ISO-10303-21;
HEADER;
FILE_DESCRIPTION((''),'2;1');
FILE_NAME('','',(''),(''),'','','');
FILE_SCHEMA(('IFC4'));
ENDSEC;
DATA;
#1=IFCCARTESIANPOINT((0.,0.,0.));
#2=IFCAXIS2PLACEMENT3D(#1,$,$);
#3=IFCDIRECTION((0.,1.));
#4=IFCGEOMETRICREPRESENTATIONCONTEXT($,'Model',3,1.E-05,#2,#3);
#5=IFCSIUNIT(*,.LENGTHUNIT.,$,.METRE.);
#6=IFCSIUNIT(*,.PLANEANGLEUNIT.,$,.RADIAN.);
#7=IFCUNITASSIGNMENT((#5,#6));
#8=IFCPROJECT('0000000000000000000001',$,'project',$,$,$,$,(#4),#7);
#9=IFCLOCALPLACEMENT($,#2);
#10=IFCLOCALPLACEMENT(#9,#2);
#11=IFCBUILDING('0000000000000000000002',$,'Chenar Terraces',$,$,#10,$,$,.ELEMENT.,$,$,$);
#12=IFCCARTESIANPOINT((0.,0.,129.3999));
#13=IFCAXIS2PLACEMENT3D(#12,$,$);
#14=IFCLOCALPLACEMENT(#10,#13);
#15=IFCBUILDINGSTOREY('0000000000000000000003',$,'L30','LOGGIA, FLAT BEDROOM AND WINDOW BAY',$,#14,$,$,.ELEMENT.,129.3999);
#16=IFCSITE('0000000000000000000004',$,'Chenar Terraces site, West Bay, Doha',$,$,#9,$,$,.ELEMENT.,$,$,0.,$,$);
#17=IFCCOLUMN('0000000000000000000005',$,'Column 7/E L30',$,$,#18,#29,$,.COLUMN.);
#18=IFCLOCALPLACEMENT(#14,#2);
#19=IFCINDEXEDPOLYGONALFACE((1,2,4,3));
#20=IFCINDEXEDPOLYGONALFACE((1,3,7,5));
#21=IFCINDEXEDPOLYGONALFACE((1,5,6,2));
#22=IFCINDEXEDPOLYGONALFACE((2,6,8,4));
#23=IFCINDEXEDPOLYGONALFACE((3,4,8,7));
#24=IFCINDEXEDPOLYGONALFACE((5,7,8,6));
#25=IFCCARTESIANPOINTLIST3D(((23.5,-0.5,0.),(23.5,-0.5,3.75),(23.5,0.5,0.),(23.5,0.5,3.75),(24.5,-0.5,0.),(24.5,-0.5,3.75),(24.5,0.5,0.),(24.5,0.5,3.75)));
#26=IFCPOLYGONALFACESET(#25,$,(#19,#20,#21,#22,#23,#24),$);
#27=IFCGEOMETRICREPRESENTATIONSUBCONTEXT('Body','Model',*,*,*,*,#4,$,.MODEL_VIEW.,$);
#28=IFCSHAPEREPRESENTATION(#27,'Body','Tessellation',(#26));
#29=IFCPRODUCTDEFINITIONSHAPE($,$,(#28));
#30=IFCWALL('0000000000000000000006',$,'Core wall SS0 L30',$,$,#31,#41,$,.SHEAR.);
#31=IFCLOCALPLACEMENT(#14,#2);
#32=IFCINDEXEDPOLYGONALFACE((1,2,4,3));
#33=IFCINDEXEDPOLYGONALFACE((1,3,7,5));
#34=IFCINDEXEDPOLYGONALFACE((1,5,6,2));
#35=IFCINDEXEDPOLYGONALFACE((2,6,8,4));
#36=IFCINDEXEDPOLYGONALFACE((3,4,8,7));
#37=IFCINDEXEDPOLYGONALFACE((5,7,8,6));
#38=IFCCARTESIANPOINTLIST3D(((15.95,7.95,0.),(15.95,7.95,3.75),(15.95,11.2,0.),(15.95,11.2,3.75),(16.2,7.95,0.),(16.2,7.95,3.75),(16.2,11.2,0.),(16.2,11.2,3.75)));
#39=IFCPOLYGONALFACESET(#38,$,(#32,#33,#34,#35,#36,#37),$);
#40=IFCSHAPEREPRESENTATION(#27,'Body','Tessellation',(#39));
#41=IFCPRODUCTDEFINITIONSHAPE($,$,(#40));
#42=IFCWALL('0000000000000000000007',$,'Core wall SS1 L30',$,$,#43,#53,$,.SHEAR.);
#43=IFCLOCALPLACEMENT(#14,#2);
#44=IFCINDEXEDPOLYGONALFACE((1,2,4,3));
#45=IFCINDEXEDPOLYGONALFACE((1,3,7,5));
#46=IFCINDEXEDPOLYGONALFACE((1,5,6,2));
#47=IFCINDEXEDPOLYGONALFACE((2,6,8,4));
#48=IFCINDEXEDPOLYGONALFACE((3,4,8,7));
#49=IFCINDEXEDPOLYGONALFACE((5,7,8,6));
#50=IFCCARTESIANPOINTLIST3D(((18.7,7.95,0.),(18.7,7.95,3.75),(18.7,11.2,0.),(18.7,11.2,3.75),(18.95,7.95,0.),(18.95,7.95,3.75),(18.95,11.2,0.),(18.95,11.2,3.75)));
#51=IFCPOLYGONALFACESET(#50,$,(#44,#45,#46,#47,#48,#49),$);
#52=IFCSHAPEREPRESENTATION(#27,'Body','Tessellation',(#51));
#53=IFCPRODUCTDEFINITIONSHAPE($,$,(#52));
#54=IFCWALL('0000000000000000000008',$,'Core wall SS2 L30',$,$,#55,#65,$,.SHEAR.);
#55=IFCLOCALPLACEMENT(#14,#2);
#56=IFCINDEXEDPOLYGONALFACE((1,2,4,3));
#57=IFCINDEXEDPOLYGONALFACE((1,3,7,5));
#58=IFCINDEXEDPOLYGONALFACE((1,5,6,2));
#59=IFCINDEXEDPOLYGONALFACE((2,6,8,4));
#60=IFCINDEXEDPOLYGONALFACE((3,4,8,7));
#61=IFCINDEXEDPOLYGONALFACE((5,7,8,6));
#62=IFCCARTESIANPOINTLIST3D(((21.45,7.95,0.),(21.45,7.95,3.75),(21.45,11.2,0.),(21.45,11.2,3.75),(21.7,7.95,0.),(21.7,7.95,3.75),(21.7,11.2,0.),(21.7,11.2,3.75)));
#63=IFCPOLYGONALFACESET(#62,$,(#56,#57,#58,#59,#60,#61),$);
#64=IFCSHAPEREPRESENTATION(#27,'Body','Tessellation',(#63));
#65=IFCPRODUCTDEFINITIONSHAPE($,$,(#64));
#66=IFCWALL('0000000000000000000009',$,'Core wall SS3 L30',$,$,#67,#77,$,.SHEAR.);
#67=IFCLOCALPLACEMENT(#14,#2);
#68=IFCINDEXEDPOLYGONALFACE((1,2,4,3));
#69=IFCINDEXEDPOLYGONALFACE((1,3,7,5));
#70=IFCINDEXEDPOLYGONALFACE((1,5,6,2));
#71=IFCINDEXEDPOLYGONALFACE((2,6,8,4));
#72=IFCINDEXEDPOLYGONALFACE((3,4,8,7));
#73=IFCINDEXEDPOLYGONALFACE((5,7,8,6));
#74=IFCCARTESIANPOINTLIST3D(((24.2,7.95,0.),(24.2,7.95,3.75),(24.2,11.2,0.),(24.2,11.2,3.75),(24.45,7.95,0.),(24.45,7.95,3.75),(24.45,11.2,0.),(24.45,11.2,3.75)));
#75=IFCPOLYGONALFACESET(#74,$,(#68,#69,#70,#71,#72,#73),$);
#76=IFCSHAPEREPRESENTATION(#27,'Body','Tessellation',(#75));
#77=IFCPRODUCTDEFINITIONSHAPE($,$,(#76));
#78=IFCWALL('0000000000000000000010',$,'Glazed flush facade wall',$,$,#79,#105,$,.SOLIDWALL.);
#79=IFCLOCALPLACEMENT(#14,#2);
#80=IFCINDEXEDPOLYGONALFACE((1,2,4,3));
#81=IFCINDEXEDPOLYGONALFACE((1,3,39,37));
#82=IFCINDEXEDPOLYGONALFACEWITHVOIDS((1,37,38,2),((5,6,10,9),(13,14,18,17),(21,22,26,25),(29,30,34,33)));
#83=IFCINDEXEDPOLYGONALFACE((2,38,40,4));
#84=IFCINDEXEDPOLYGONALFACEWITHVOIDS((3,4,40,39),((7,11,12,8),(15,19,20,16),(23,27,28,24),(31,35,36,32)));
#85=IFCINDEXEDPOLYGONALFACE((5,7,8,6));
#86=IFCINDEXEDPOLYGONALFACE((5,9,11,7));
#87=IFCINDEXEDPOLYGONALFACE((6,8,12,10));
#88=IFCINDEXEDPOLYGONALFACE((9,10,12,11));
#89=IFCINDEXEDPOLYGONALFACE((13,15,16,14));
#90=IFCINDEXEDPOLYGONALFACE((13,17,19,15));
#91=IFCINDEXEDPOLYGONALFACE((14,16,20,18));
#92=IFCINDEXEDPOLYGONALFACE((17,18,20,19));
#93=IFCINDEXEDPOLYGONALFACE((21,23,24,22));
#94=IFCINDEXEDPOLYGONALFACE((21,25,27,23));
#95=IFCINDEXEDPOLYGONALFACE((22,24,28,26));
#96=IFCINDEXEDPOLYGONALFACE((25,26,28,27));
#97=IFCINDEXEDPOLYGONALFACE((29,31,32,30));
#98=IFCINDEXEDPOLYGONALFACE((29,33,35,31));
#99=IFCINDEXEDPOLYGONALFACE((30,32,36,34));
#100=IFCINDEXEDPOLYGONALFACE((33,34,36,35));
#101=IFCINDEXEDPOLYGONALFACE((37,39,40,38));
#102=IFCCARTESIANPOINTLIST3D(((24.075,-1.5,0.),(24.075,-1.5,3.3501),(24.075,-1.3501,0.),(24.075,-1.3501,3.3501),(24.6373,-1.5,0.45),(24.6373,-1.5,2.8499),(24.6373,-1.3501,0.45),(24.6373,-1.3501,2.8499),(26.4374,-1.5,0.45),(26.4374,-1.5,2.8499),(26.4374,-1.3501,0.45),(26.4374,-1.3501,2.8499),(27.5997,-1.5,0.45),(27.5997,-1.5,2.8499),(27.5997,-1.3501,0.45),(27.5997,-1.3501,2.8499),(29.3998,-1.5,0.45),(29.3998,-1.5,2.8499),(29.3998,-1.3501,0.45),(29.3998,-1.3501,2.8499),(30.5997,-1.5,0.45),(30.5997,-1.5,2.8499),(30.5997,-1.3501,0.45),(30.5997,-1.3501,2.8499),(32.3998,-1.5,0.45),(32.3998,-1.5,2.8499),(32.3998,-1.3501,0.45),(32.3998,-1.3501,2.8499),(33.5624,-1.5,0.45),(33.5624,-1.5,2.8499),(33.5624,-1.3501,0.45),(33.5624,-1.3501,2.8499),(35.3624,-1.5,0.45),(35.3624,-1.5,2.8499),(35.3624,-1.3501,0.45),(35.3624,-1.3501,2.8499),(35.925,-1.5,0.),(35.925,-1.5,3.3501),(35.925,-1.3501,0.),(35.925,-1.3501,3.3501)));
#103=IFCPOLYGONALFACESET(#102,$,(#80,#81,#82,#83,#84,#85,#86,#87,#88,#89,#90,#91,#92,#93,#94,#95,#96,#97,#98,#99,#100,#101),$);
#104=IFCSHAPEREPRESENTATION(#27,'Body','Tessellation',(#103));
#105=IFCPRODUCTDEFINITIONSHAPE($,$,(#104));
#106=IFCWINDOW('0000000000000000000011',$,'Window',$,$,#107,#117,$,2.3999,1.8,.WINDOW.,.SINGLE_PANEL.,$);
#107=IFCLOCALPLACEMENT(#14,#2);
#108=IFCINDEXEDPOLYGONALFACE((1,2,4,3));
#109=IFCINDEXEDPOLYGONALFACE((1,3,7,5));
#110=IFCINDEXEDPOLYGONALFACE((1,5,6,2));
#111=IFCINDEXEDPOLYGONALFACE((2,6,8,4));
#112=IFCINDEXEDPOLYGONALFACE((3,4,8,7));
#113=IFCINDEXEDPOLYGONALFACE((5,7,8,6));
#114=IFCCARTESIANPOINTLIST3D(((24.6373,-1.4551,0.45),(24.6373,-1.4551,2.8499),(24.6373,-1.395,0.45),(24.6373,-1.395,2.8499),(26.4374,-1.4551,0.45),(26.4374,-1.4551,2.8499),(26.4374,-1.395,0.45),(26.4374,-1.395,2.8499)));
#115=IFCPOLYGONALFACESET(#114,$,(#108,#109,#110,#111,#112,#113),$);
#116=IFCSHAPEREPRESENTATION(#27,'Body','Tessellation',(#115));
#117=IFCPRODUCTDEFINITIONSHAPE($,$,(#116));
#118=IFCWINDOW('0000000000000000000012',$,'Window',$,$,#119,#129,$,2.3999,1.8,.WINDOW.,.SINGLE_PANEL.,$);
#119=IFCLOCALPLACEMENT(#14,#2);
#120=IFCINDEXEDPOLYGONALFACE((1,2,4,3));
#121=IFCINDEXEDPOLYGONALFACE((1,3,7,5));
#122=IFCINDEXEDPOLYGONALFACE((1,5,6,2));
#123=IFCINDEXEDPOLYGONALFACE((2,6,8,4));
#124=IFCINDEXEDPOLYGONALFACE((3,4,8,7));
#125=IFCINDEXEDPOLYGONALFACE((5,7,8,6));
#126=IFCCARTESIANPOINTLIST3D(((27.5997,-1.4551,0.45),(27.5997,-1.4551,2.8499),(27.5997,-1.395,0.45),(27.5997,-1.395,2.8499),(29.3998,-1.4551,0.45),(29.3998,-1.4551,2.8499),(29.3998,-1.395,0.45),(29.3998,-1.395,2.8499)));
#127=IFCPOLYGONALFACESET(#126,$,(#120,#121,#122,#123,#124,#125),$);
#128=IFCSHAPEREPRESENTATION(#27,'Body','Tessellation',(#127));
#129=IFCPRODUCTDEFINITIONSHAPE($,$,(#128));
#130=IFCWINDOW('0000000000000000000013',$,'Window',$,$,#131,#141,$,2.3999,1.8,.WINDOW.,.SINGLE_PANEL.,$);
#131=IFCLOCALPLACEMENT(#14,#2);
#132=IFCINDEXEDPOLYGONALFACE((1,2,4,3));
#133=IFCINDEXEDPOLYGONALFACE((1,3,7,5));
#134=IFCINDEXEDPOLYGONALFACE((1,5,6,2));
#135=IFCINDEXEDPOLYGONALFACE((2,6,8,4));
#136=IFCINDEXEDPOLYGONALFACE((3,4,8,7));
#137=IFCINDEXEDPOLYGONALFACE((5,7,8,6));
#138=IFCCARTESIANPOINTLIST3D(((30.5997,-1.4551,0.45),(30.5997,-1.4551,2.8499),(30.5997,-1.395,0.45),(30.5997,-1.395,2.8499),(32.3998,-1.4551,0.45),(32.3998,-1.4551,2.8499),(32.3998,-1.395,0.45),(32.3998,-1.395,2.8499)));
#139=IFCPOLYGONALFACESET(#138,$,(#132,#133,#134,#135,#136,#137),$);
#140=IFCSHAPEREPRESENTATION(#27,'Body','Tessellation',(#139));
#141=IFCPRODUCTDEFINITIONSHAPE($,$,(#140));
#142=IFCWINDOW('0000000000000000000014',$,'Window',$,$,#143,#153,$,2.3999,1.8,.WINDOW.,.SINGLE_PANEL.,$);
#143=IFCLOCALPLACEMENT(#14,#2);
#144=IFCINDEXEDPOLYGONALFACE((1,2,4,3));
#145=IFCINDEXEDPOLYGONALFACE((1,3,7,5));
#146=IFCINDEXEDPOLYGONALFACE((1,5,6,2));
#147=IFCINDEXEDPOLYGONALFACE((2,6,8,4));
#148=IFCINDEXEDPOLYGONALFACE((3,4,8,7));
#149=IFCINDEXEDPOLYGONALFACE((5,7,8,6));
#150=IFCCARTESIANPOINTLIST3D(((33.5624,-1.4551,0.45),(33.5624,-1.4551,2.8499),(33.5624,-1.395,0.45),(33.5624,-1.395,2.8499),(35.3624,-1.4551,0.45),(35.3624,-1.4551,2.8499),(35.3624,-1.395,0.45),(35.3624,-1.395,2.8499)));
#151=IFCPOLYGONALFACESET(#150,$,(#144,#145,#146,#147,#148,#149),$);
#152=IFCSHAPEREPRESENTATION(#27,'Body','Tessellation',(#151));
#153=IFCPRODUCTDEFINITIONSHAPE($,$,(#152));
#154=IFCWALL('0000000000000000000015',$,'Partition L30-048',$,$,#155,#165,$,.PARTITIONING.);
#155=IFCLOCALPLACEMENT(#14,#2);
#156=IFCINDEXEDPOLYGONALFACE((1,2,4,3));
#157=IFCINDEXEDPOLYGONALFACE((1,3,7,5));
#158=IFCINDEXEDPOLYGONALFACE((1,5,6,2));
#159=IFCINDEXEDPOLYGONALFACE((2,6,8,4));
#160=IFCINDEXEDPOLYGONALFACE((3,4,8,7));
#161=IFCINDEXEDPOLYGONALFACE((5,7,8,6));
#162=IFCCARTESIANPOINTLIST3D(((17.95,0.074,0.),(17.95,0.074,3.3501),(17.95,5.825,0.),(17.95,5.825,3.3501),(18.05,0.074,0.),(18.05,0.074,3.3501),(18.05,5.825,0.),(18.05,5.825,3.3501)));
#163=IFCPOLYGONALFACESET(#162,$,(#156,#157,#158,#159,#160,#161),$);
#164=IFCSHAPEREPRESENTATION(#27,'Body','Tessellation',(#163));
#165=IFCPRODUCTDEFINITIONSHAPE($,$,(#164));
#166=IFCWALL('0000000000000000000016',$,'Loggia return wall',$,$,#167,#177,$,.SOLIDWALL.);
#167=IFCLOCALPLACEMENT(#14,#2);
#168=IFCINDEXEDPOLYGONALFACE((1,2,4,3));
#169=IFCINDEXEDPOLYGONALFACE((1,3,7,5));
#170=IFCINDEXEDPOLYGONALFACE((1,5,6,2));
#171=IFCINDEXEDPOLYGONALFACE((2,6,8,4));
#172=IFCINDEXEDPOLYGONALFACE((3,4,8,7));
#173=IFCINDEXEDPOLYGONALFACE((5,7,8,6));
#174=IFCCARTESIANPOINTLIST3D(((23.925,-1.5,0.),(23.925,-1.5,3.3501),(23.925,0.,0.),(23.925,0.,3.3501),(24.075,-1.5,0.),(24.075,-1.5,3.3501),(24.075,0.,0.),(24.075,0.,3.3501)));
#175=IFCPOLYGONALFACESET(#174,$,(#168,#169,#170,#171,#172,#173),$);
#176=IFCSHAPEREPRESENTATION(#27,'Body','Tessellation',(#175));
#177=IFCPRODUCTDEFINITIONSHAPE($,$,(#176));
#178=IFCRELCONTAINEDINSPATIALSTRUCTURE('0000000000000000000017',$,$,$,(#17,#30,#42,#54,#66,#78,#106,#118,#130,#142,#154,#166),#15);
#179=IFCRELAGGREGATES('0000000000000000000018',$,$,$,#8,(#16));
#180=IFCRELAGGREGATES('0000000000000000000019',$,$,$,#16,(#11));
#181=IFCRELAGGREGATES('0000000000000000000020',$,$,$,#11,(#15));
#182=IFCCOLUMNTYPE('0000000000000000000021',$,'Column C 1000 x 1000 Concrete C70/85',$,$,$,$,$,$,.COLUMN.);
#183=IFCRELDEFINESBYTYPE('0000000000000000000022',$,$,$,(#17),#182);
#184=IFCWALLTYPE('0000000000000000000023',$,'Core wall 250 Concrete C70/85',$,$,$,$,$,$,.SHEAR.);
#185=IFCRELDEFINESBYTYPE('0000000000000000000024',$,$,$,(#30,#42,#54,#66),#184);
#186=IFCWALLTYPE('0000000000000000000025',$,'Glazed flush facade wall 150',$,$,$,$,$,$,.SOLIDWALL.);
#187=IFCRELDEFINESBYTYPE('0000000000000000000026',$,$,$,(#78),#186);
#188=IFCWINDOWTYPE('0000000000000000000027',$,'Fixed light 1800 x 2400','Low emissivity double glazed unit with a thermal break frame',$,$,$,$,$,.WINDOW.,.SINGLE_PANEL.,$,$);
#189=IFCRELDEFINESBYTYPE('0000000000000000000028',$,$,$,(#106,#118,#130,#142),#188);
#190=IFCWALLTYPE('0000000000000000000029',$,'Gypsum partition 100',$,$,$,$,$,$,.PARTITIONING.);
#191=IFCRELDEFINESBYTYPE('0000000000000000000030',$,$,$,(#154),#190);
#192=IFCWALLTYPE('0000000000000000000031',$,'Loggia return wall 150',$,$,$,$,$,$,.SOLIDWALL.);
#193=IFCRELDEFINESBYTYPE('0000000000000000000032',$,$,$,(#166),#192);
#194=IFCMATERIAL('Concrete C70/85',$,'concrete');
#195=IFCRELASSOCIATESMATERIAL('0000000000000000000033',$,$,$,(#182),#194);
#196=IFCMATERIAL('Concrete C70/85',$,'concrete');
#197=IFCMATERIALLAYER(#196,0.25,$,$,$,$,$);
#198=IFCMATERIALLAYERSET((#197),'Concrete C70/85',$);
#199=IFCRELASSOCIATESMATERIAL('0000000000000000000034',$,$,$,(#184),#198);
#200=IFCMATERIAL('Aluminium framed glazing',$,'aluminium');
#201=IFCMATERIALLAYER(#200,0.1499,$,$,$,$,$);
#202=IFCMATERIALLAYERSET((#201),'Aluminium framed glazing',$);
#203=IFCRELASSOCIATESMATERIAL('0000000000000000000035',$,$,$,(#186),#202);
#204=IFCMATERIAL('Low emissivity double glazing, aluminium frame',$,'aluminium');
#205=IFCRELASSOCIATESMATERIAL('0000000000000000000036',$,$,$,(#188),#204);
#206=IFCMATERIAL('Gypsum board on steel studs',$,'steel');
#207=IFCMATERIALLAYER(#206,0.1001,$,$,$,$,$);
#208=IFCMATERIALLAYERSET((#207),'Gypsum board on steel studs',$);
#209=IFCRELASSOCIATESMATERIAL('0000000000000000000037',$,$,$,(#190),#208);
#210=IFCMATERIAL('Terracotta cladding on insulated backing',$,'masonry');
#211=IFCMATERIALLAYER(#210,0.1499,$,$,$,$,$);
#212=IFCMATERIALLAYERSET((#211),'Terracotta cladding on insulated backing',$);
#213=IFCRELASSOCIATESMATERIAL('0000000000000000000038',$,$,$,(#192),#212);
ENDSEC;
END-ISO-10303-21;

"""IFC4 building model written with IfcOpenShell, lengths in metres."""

from ifc_helpers import new_model, si_unit, direction, frame, frame_2d, origin, origin_2d, place, context, subcontext, project, spatial, rectangle, extrude, material, layer, layer_set, material_profile, profile_set, type_object, element, fill, save


model = new_model("IFC4")

# Units and contexts
model_context = context("Model", 3, precision=1e-05, world=origin(), true_north=direction((0.0, 1.0)))
body_context = subcontext(model_context, "Body", "Model", "MODEL_VIEW")
ifc_project = project(units=[si_unit("LENGTHUNIT", "METRE"), si_unit("PLANEANGLEUNIT", "RADIAN")], contexts=[model_context])

# Site, building, storey
site_placement = place(None, origin())
site = spatial("IfcSite", under=ifc_project, at=site_placement, Name="Chenar Terraces site, West Bay, Doha", CompositionType="ELEMENT", RefElevation=0.0)
building_placement = place(site_placement, origin())
building = spatial("IfcBuilding", under=site, at=building_placement, Name="Chenar Terraces", CompositionType="ELEMENT")
storey_placement = place(building_placement, frame((0.0, 0.0, 129.3999)))
storey = spatial("IfcBuildingStorey", under=building, at=storey_placement, Name="L30", Description="LOGGIA, FLAT BEDROOM AND WINDOW BAY", CompositionType="ELEMENT", Elevation=129.3999)

# Column
ifc_material_1 = material(Name="Concrete C70/85", Category="concrete")
ifc_material_profile_1 = material_profile(ifc_material_1, rectangle(XDim=1.0, YDim=1.0, at=origin_2d()), Name="C 1000 x 1000")
ifc_profile_set_1 = profile_set([ifc_material_profile_1], Name="Concrete C70/85")
column_type = type_object("IfcColumnType", Name="Column C 1000 x 1000 Concrete C70/85", PredefinedType="COLUMN", material=ifc_profile_set_1)
column_placement = place(storey_placement, frame((24.0, 0.0, 0.0), z_axis=(0.0, 0.0, 1.0), x_axis=(1.0, 0.0, 0.0)))
element("IfcColumn", 1, at=column_placement, inside=storey, type_object=column_type, Name="Column 7/E L30", PredefinedType="COLUMN", context=body_context, shape_type="SweptSolid", body=[
    extrude(rectangle(XDim=1.0, YDim=1.0, at=origin_2d()), origin(), (0.0, 0.0, 1.0), 3.75),
])

# Walls
ifc_material_2 = material(Name="Concrete C70/85", Category="concrete")
ifc_layer_1 = layer(ifc_material_2, 0.25)
ifc_layer_set_1 = layer_set([ifc_layer_1], Name="Concrete C70/85")
wall_type_1 = type_object("IfcWallType", Name="Core wall 250 Concrete C70/85", PredefinedType="SHEAR", material=ifc_layer_set_1)
for number, where, z_axis, x_axis, name in (
    (2, (16.075, 7.95, 0.0), (0.0, 0.0, 1.0), (0.0, 1.0, 0.0), "Core wall SS0 L30"),
    (3, (18.825, 7.95, 0.0), (0.0, 0.0, 1.0), (0.0, 1.0, 0.0), "Core wall SS1 L30"),
    (4, (21.575, 7.95, 0.0), (0.0, 0.0, 1.0), (0.0, 1.0, 0.0), "Core wall SS2 L30"),
    (5, (24.325, 7.95, 0.0), (0.0, 0.0, 1.0), (0.0, 1.0, 0.0), "Core wall SS3 L30"),
):
    element("IfcWall", number, at=place(storey_placement, frame(where, z_axis=z_axis, x_axis=x_axis)), inside=storey, type_object=wall_type_1, Name=name, PredefinedType="SHEAR", context=body_context, shape_type="SweptSolid", body=[
        extrude(rectangle(XDim=3.25, YDim=0.25, at=frame_2d((1.625, 0.0))), origin(), (0.0, 0.0, 1.0), 3.75),
    ])

# Wall, openings, windows
ifc_material_3 = material(Name="Aluminium framed glazing", Category="aluminium")
ifc_layer_2 = layer(ifc_material_3, 0.1499)
ifc_layer_set_2 = layer_set([ifc_layer_2], Name="Aluminium framed glazing")
wall_type_2 = type_object("IfcWallType", Name="Glazed flush facade wall 150", PredefinedType="SOLIDWALL", material=ifc_layer_set_2)
wall_1_placement = place(storey_placement, frame((24.075, -1.425, 0.0), z_axis=(0.0, 0.0, 1.0), x_axis=(1.0, 0.0, 0.0)))
wall_1 = element("IfcWall", 6, at=wall_1_placement, inside=storey, type_object=wall_type_2, Name="Glazed flush facade wall", PredefinedType="SOLIDWALL", context=body_context, shape_type="SweptSolid", body=[
    extrude(rectangle(XDim=11.8501, YDim=0.1499, at=frame_2d((5.925, 0.0))), origin(), (0.0, 0.0, 1.0), 3.3501),
])
opening_1_placement = place(wall_1_placement, frame((0.5625, 0.0, 0.45)))
opening_1 = element("IfcOpeningElement", 7, at=opening_1_placement, cuts=wall_1, PredefinedType="OPENING", context=body_context, shape_type="SweptSolid", body=[
    extrude(rectangle(XDim=1.8, YDim=2.3999, at=frame_2d((0.8999, 1.2))), frame((0.0, 0.085, 0.0), z_axis=(0.0, -1.0, 0.0), x_axis=(1.0, 0.0, 0.0)), (0.0, 0.0, 1.0), 0.1699),
])
opening_2_placement = place(wall_1_placement, frame((3.5249, 0.0, 0.45)))
opening_2 = element("IfcOpeningElement", 8, at=opening_2_placement, cuts=wall_1, PredefinedType="OPENING", context=body_context, shape_type="SweptSolid", body=[
    extrude(rectangle(XDim=1.8, YDim=2.3999, at=frame_2d((0.8999, 1.2))), frame((0.0, 0.085, 0.0), z_axis=(0.0, -1.0, 0.0), x_axis=(1.0, 0.0, 0.0)), (0.0, 0.0, 1.0), 0.1699),
])
opening_3_placement = place(wall_1_placement, frame((6.5249, 0.0, 0.45)))
opening_3 = element("IfcOpeningElement", 9, at=opening_3_placement, cuts=wall_1, PredefinedType="OPENING", context=body_context, shape_type="SweptSolid", body=[
    extrude(rectangle(XDim=1.8, YDim=2.3999, at=frame_2d((0.8999, 1.2))), frame((0.0, 0.085, 0.0), z_axis=(0.0, -1.0, 0.0), x_axis=(1.0, 0.0, 0.0)), (0.0, 0.0, 1.0), 0.1699),
])
opening_4_placement = place(wall_1_placement, frame((9.4875, 0.0, 0.45)))
opening_4 = element("IfcOpeningElement", 10, at=opening_4_placement, cuts=wall_1, PredefinedType="OPENING", context=body_context, shape_type="SweptSolid", body=[
    extrude(rectangle(XDim=1.8, YDim=2.3999, at=frame_2d((0.8999, 1.2))), frame((0.0, 0.085, 0.0), z_axis=(0.0, -1.0, 0.0), x_axis=(1.0, 0.0, 0.0)), (0.0, 0.0, 1.0), 0.1699),
])
ifc_material_4 = material(Name="Low emissivity double glazing, aluminium frame", Category="aluminium")
window_type = type_object("IfcWindowType", Name="Fixed light 1800 x 2400", Description="Low emissivity double glazed unit with a thermal break frame", PartitioningType="SINGLE_PANEL", PredefinedType="WINDOW", material=ifc_material_4)
window_1_placement = place(opening_1_placement, origin())
window_1 = element("IfcWindow", 11, at=window_1_placement, inside=storey, type_object=window_type, Name="Window", OverallHeight=2.3999, OverallWidth=1.8, PartitioningType="SINGLE_PANEL", PredefinedType="WINDOW", context=body_context, shape_type="SweptSolid", body=[
    extrude(rectangle(XDim=1.8, YDim=2.3999, at=frame_2d((0.8999, 1.2))), frame((0.0, 0.03, 0.0), z_axis=(0.0, -1.0, 0.0), x_axis=(1.0, 0.0, 0.0)), (0.0, 0.0, 1.0), 0.0601),
])
fill(opening_1, window_1)
window_2_placement = place(opening_2_placement, origin())
window_2 = element("IfcWindow", 12, at=window_2_placement, inside=storey, type_object=window_type, Name="Window", OverallHeight=2.3999, OverallWidth=1.8, PartitioningType="SINGLE_PANEL", PredefinedType="WINDOW", context=body_context, shape_type="SweptSolid", body=[
    extrude(rectangle(XDim=1.8, YDim=2.3999, at=frame_2d((0.8999, 1.2))), frame((0.0, 0.03, 0.0), z_axis=(0.0, -1.0, 0.0), x_axis=(1.0, 0.0, 0.0)), (0.0, 0.0, 1.0), 0.0601),
])
fill(opening_2, window_2)
window_3_placement = place(opening_3_placement, origin())
window_3 = element("IfcWindow", 13, at=window_3_placement, inside=storey, type_object=window_type, Name="Window", OverallHeight=2.3999, OverallWidth=1.8, PartitioningType="SINGLE_PANEL", PredefinedType="WINDOW", context=body_context, shape_type="SweptSolid", body=[
    extrude(rectangle(XDim=1.8, YDim=2.3999, at=frame_2d((0.8999, 1.2))), frame((0.0, 0.03, 0.0), z_axis=(0.0, -1.0, 0.0), x_axis=(1.0, 0.0, 0.0)), (0.0, 0.0, 1.0), 0.0601),
])
fill(opening_3, window_3)
window_4_placement = place(opening_4_placement, origin())
window_4 = element("IfcWindow", 14, at=window_4_placement, inside=storey, type_object=window_type, Name="Window", OverallHeight=2.3999, OverallWidth=1.8, PartitioningType="SINGLE_PANEL", PredefinedType="WINDOW", context=body_context, shape_type="SweptSolid", body=[
    extrude(rectangle(XDim=1.8, YDim=2.3999, at=frame_2d((0.8999, 1.2))), frame((0.0, 0.03, 0.0), z_axis=(0.0, -1.0, 0.0), x_axis=(1.0, 0.0, 0.0)), (0.0, 0.0, 1.0), 0.0601),
])
fill(opening_4, window_4)

# Walls
ifc_material_5 = material(Name="Gypsum board on steel studs", Category="steel")
ifc_layer_3 = layer(ifc_material_5, 0.1001)
ifc_layer_set_3 = layer_set([ifc_layer_3], Name="Gypsum board on steel studs")
wall_type_3 = type_object("IfcWallType", Name="Gypsum partition 100", PredefinedType="PARTITIONING", material=ifc_layer_set_3)
wall_2_placement = place(storey_placement, frame((18.0, 0.074, 0.0), z_axis=(0.0, 0.0, 1.0), x_axis=(0.0, 1.0, 0.0)))
element("IfcWall", 15, at=wall_2_placement, inside=storey, type_object=wall_type_3, Name="Partition L30-048", PredefinedType="PARTITIONING", context=body_context, shape_type="SweptSolid", body=[
    extrude(rectangle(XDim=5.751, YDim=0.1001, at=frame_2d((2.8755, 0.0))), origin(), (0.0, 0.0, 1.0), 3.3501),
])
ifc_material_6 = material(Name="Terracotta cladding on insulated backing", Category="masonry")
ifc_layer_4 = layer(ifc_material_6, 0.1499)
ifc_layer_set_4 = layer_set([ifc_layer_4], Name="Terracotta cladding on insulated backing")
wall_type_4 = type_object("IfcWallType", Name="Loggia return wall 150", PredefinedType="SOLIDWALL", material=ifc_layer_set_4)
wall_3_placement = place(storey_placement, frame((24.0, -1.5, 0.0), z_axis=(0.0, 0.0, 1.0), x_axis=(0.0, 1.0, 0.0)))
element("IfcWall", 16, at=wall_3_placement, inside=storey, type_object=wall_type_4, Name="Loggia return wall", PredefinedType="SOLIDWALL", context=body_context, shape_type="SweptSolid", body=[
    extrude(rectangle(XDim=1.5, YDim=0.1499, at=frame_2d((0.75, 0.0))), origin(), (0.0, 0.0, 1.0), 3.3501),
])

save(model, "model.ifc")
